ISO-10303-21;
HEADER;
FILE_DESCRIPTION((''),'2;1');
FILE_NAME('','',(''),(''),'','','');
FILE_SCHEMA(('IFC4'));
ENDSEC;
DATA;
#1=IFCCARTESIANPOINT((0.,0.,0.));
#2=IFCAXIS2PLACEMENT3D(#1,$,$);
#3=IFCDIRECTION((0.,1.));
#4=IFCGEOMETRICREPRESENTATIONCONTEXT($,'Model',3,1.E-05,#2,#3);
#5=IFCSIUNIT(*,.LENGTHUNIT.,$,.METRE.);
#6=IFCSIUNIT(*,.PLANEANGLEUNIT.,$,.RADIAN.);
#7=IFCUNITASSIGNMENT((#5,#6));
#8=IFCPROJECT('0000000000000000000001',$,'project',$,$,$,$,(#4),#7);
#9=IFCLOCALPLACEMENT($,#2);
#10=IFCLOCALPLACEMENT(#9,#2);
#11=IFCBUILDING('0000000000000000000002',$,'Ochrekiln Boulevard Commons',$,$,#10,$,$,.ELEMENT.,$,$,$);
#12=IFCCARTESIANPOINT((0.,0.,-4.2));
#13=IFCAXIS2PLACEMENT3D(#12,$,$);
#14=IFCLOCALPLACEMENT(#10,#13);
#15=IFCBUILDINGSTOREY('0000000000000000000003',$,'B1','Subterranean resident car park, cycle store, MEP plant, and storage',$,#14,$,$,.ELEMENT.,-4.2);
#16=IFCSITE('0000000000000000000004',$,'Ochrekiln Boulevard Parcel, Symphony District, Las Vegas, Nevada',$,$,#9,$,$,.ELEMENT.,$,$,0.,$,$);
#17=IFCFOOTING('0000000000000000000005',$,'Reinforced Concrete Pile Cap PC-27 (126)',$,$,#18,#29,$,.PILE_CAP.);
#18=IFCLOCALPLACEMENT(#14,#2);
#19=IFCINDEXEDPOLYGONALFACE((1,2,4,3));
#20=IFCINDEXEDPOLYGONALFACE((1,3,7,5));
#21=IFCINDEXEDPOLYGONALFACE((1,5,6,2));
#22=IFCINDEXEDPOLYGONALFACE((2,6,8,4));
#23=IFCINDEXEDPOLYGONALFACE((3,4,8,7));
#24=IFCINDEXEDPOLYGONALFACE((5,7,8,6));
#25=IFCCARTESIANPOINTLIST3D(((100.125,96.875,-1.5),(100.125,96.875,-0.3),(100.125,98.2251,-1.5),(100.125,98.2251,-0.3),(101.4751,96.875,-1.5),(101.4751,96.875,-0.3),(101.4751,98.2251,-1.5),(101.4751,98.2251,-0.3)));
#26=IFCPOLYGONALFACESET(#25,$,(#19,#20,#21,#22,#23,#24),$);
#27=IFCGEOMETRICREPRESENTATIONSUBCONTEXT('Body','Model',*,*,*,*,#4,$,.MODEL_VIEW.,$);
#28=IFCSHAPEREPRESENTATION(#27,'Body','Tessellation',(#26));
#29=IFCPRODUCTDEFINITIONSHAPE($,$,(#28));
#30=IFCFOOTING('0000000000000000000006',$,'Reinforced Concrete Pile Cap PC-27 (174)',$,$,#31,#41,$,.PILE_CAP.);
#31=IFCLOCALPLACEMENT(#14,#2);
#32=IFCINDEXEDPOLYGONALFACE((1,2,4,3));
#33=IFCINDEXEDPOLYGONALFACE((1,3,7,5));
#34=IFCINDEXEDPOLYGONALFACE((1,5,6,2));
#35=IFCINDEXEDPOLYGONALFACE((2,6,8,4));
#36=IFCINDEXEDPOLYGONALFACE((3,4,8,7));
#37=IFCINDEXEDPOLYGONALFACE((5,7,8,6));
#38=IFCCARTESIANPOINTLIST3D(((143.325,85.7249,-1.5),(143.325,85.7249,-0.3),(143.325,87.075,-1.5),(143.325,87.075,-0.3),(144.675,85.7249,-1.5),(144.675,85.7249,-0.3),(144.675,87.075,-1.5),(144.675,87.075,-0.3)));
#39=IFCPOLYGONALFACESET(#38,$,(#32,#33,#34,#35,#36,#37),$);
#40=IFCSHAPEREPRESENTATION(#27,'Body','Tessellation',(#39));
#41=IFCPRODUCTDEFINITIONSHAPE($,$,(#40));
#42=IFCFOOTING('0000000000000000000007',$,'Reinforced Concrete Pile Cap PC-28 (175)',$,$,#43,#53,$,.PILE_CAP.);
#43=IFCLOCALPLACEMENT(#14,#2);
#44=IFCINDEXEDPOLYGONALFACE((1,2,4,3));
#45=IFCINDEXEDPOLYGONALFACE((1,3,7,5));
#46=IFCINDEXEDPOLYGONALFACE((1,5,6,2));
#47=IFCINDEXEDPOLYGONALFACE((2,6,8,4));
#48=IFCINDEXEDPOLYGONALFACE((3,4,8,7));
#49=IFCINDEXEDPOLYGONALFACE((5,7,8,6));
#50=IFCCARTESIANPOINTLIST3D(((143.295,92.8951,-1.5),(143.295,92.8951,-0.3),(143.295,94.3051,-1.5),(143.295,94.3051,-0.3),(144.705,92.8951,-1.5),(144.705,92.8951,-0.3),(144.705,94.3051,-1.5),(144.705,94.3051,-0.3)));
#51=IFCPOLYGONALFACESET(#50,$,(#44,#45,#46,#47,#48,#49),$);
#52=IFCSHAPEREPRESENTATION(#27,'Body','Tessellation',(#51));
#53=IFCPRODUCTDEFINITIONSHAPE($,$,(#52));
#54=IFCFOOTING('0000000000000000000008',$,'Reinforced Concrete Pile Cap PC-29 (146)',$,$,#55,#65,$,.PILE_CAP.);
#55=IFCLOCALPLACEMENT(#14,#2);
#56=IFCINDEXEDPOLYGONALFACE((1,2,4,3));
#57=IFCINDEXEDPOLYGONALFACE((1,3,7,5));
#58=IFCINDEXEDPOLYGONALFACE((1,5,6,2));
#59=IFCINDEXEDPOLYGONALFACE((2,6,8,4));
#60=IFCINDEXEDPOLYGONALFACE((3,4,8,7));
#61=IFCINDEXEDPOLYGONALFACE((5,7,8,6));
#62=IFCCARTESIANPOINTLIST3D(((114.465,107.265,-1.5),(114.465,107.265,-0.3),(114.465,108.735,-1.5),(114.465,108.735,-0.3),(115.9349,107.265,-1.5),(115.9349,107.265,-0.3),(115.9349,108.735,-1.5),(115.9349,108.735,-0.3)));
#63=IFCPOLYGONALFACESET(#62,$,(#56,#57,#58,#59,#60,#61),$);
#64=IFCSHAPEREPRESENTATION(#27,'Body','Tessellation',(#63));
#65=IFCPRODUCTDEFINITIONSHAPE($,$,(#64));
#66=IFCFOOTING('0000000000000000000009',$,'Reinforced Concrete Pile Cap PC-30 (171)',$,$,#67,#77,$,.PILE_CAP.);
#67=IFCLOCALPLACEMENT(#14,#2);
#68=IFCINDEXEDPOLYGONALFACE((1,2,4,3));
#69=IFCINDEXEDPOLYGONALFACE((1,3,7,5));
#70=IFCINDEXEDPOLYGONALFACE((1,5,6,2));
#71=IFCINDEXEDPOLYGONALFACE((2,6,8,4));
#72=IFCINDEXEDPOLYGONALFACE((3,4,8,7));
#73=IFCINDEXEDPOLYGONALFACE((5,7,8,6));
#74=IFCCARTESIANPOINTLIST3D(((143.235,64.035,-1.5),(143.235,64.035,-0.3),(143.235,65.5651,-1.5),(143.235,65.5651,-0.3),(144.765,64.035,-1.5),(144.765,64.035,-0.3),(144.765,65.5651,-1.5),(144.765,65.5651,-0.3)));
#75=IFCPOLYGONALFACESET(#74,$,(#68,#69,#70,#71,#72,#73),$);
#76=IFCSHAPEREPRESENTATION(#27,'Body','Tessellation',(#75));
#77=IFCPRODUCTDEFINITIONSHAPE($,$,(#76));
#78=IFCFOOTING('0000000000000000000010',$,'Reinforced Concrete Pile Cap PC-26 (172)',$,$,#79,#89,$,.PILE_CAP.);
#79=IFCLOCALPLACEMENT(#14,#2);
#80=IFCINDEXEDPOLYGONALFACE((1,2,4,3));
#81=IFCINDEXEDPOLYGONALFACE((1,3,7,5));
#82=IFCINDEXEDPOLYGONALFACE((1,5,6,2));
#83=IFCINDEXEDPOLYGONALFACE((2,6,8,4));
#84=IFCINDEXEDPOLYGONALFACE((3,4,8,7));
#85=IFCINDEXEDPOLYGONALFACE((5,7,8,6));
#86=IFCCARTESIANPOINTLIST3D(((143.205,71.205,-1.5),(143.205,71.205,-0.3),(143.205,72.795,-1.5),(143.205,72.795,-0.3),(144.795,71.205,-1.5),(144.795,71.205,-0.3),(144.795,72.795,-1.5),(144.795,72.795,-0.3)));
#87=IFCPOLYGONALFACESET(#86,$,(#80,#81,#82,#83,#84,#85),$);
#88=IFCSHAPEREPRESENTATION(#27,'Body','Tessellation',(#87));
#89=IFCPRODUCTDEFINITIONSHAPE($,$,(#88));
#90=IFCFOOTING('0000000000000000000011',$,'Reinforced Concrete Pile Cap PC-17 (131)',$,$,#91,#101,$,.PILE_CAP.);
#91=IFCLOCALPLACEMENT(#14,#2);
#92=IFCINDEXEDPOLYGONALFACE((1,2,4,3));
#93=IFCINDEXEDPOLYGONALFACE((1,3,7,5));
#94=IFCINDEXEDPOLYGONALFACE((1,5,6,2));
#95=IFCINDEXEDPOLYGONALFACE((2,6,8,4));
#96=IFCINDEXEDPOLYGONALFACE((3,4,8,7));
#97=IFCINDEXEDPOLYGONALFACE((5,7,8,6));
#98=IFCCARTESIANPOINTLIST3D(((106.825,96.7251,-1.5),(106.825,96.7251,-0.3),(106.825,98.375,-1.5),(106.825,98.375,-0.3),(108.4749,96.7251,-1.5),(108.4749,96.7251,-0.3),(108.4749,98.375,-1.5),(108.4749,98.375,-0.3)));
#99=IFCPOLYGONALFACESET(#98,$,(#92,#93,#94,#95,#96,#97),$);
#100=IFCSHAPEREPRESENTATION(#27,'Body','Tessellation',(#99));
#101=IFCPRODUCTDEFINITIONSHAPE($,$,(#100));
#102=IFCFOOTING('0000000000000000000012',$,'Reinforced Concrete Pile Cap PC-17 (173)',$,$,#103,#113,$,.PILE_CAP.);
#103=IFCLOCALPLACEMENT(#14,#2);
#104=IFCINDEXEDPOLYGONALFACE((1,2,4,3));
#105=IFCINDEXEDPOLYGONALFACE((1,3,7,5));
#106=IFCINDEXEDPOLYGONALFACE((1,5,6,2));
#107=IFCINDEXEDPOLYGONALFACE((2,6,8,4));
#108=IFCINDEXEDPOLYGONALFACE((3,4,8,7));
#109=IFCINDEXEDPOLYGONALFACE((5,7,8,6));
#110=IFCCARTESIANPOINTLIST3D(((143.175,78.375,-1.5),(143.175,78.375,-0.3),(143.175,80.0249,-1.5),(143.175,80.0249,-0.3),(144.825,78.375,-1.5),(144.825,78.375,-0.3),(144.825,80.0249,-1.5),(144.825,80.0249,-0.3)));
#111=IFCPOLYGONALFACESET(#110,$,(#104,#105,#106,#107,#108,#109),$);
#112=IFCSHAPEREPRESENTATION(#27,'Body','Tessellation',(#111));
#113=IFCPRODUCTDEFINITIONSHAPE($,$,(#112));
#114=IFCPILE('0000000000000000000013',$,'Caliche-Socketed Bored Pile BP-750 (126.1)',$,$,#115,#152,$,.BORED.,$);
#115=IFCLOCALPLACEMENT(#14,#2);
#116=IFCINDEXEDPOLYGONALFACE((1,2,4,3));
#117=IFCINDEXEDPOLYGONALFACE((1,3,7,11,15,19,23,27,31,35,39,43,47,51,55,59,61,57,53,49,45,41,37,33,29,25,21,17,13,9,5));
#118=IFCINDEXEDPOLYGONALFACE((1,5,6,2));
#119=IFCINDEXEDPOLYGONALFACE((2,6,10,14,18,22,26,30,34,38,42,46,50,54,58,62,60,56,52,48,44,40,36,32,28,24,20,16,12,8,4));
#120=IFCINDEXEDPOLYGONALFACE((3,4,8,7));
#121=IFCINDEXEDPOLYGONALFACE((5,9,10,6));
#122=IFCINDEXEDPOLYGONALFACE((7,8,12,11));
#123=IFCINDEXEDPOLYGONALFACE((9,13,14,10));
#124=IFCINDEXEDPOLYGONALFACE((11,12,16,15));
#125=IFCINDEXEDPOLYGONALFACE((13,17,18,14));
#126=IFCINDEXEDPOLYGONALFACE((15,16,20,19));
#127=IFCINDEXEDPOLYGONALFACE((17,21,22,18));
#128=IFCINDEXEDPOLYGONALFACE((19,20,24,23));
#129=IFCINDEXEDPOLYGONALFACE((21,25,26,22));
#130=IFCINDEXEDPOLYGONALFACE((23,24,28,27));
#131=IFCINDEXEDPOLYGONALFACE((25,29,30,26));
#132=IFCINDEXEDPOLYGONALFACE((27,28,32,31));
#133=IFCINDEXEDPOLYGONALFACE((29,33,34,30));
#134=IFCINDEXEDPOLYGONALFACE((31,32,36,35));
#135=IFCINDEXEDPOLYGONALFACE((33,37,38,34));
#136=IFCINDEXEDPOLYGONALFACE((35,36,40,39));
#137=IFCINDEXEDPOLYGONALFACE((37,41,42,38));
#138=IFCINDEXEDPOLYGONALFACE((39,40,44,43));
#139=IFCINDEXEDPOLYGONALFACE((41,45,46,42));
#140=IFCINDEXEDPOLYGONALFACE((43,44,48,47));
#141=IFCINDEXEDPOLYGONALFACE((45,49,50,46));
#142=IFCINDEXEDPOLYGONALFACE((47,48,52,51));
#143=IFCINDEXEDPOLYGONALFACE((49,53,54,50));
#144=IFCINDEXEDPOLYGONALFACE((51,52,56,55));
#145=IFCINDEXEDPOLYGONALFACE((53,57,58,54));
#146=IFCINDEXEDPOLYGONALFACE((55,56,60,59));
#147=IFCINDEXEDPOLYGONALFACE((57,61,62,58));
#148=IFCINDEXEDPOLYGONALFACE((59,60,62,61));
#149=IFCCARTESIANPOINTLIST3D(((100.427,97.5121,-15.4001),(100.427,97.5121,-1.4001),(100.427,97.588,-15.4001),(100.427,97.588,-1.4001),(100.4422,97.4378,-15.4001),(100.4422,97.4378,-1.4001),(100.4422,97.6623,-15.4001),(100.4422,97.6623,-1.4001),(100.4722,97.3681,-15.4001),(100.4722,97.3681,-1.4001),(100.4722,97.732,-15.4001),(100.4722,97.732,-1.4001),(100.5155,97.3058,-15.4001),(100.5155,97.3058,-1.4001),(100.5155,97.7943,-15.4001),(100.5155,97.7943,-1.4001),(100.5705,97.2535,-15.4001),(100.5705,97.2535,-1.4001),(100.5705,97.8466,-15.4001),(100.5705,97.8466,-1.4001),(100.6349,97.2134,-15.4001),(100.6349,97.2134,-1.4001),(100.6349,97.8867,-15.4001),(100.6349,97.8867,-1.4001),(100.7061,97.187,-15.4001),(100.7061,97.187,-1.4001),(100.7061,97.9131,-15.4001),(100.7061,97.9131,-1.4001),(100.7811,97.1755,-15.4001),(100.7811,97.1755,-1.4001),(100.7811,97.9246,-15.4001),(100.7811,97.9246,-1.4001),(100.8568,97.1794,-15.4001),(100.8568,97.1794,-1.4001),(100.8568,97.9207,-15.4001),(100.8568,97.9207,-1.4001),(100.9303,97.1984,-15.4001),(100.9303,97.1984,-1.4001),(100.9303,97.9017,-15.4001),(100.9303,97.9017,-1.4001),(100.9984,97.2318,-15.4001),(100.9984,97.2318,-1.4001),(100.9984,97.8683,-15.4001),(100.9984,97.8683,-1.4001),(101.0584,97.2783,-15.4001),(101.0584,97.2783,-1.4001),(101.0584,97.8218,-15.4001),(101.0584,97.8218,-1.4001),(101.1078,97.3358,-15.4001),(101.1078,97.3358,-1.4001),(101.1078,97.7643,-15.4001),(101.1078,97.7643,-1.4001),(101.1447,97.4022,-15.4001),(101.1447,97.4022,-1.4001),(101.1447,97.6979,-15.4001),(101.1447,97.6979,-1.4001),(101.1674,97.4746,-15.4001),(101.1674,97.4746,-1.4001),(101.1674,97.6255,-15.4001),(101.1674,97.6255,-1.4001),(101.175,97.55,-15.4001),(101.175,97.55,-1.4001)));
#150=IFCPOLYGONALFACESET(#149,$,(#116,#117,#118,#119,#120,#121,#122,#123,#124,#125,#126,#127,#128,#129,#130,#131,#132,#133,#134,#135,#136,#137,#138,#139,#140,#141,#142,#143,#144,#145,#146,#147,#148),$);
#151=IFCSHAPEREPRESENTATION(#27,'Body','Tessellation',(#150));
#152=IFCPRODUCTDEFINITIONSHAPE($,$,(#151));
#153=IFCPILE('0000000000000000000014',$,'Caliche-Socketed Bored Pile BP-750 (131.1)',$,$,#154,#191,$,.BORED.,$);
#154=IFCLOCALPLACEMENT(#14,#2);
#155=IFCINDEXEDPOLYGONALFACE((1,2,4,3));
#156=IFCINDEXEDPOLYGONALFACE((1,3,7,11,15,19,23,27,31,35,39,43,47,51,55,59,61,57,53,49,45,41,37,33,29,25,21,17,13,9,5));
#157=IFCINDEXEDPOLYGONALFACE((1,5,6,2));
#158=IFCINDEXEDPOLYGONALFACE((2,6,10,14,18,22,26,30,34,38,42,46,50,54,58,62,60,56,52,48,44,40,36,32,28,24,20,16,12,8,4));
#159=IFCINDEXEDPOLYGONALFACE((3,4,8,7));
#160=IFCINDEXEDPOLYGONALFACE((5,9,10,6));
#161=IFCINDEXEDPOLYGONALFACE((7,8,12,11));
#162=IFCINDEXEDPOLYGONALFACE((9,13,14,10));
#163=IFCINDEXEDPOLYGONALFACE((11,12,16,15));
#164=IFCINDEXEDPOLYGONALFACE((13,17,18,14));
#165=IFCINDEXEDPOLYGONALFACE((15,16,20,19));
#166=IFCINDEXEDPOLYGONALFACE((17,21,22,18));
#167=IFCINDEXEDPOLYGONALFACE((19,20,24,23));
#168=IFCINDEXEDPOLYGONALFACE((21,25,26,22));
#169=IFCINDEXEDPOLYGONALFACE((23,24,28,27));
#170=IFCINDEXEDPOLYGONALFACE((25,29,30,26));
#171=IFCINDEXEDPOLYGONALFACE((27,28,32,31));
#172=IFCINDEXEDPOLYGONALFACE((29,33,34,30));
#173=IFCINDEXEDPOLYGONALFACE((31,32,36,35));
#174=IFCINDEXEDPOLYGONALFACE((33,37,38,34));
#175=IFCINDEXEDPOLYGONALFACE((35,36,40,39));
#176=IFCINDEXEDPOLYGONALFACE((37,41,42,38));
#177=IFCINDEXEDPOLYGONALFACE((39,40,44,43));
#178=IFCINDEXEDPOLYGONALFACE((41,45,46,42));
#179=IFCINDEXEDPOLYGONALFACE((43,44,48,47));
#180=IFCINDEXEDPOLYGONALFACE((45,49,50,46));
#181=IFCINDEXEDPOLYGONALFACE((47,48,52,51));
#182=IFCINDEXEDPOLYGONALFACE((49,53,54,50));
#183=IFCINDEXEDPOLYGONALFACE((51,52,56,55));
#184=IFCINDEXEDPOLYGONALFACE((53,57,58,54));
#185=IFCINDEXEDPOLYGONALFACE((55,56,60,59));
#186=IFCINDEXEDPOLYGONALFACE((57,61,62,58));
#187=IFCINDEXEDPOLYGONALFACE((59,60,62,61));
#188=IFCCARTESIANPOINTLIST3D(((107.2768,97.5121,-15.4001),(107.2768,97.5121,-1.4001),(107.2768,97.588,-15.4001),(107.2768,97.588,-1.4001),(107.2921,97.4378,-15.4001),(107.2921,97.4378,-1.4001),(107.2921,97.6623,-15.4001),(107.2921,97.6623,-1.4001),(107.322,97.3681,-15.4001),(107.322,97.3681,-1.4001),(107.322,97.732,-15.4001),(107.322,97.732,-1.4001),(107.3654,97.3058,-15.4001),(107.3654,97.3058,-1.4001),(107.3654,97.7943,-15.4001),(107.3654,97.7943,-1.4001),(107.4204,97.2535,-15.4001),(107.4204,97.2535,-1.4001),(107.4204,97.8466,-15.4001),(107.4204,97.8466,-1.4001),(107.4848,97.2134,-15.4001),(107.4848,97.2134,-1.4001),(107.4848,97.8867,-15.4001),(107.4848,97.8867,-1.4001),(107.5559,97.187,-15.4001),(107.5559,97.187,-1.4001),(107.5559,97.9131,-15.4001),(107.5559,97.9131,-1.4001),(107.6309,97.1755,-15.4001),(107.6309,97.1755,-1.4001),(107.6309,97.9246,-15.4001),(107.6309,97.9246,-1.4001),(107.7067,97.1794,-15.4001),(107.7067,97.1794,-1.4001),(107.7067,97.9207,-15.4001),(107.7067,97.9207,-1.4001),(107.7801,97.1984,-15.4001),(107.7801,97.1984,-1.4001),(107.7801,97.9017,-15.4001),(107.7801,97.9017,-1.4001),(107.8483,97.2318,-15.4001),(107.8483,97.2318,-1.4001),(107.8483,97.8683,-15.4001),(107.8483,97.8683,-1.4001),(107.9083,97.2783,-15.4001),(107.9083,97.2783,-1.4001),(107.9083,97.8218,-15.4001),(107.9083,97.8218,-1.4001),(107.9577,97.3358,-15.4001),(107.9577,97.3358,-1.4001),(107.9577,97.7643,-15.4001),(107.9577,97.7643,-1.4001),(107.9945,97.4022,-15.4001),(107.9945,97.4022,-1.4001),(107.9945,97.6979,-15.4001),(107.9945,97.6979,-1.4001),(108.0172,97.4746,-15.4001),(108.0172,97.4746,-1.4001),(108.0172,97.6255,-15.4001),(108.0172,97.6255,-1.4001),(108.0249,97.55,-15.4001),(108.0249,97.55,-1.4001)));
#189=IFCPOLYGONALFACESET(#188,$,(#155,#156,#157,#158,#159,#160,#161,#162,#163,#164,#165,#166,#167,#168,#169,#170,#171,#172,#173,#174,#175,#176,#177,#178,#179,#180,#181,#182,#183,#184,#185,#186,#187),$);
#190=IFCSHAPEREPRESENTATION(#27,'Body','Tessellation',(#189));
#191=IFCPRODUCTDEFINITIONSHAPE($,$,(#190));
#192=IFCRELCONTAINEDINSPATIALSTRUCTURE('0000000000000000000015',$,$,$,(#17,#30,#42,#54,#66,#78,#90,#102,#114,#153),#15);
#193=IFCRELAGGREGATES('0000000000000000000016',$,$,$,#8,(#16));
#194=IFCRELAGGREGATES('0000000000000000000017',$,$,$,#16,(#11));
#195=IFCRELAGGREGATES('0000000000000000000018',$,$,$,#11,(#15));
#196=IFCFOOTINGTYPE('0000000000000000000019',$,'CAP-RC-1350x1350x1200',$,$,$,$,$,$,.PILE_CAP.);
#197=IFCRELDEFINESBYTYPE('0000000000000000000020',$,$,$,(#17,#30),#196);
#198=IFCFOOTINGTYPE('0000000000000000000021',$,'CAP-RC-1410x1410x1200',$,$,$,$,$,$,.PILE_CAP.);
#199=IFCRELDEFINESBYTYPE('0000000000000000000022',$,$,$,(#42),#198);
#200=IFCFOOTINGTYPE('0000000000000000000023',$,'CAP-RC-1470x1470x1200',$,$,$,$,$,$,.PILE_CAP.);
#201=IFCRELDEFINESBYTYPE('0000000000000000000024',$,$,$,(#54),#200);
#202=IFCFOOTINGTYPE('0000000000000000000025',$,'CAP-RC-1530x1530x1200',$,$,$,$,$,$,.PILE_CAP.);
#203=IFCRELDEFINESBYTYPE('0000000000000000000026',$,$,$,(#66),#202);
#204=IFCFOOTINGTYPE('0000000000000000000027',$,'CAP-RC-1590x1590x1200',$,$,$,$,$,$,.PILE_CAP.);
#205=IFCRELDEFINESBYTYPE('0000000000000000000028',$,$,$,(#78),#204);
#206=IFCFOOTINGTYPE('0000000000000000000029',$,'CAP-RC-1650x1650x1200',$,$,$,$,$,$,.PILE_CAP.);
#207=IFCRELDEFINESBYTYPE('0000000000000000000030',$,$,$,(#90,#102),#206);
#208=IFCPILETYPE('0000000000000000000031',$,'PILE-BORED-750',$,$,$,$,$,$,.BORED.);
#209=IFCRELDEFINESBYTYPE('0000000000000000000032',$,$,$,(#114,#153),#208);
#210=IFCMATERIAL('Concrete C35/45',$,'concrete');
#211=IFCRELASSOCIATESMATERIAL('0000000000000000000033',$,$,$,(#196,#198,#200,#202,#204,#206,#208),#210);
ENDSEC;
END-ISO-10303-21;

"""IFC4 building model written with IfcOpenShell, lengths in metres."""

from ifc_helpers import new_model, si_unit, direction, frame, origin, origin_2d, place, context, subcontext, project, spatial, rectangle, circle, extrude, material, material_profile, profile_set, type_object, element, save


model = new_model("IFC4")

# Units and contexts
model_context = context("Model", 3, precision=1e-05, world=origin(), true_north=direction((0.0, 1.0)))
body_context = subcontext(model_context, "Body", "Model", "MODEL_VIEW")
ifc_project = project(units=[si_unit("LENGTHUNIT", "METRE"), si_unit("PLANEANGLEUNIT", "RADIAN")], contexts=[model_context])

# Site, building, storey
site_placement = place(None, origin())
site = spatial("IfcSite", under=ifc_project, at=site_placement, Name="Ochrekiln Boulevard Parcel, Symphony District, Las Vegas, Nevada", CompositionType="ELEMENT", RefElevation=0.0)
building_placement = place(site_placement, origin())
building = spatial("IfcBuilding", under=site, at=building_placement, Name="Ochrekiln Boulevard Commons", CompositionType="ELEMENT")
storey_placement = place(building_placement, frame((0.0, 0.0, -4.2)))
storey = spatial("IfcBuildingStorey", under=building, at=storey_placement, Name="B1", Description="Subterranean resident car park, cycle store, MEP plant, and storage", CompositionType="ELEMENT", Elevation=-4.2)

# Footings
ifc_material_1 = material(Name="Concrete C35/45", Category="concrete")
footing_type_1 = type_object("IfcFootingType", Name="CAP-RC-1350x1350x1200", PredefinedType="PILE_CAP", material=ifc_material_1)
for number, where, z_axis, x_axis, name in (
    (1, (100.8, 97.55, -1.5), (0.0, 0.0, 1.0), (1.0, 0.0, 0.0), "Reinforced Concrete Pile Cap PC-27 (126)"),
    (2, (144.0, 86.3999, -1.5), (0.0, 0.0, 1.0), (1.0, 0.0, 0.0), "Reinforced Concrete Pile Cap PC-27 (174)"),
):
    element("IfcFooting", number, at=place(storey_placement, frame(where, z_axis=z_axis, x_axis=x_axis)), inside=storey, type_object=footing_type_1, Name=name, PredefinedType="PILE_CAP", context=body_context, shape_type="SweptSolid", body=[
        extrude(rectangle(XDim=1.3501, YDim=1.3501, at=origin_2d()), origin(), (0.0, 0.0, 1.0), 1.2),
    ])
footing_type_2 = type_object("IfcFootingType", Name="CAP-RC-1410x1410x1200", PredefinedType="PILE_CAP", material=ifc_material_1)
footing_1_placement = place(storey_placement, frame((144.0, 93.6001, -1.5), z_axis=(0.0, 0.0, 1.0), x_axis=(1.0, 0.0, 0.0)))
element("IfcFooting", 3, at=footing_1_placement, inside=storey, type_object=footing_type_2, Name="Reinforced Concrete Pile Cap PC-28 (175)", PredefinedType="PILE_CAP", context=body_context, shape_type="SweptSolid", body=[
    extrude(rectangle(XDim=1.4099, YDim=1.4099, at=origin_2d()), origin(), (0.0, 0.0, 1.0), 1.2),
])
footing_type_3 = type_object("IfcFootingType", Name="CAP-RC-1470x1470x1200", PredefinedType="PILE_CAP", material=ifc_material_1)
footing_2_placement = place(storey_placement, frame((115.2, 108.0, -1.5), z_axis=(0.0, 0.0, 1.0), x_axis=(1.0, 0.0, 0.0)))
element("IfcFooting", 4, at=footing_2_placement, inside=storey, type_object=footing_type_3, Name="Reinforced Concrete Pile Cap PC-29 (146)", PredefinedType="PILE_CAP", context=body_context, shape_type="SweptSolid", body=[
    extrude(rectangle(XDim=1.47, YDim=1.47, at=origin_2d()), origin(), (0.0, 0.0, 1.0), 1.2),
])
footing_type_4 = type_object("IfcFootingType", Name="CAP-RC-1530x1530x1200", PredefinedType="PILE_CAP", material=ifc_material_1)
footing_3_placement = place(storey_placement, frame((144.0, 64.8, -1.5), z_axis=(0.0, 0.0, 1.0), x_axis=(1.0, 0.0, 0.0)))
element("IfcFooting", 5, at=footing_3_placement, inside=storey, type_object=footing_type_4, Name="Reinforced Concrete Pile Cap PC-30 (171)", PredefinedType="PILE_CAP", context=body_context, shape_type="SweptSolid", body=[
    extrude(rectangle(XDim=1.53, YDim=1.53, at=origin_2d()), origin(), (0.0, 0.0, 1.0), 1.2),
])
footing_type_5 = type_object("IfcFootingType", Name="CAP-RC-1590x1590x1200", PredefinedType="PILE_CAP", material=ifc_material_1)
footing_4_placement = place(storey_placement, frame((144.0, 72.0, -1.5), z_axis=(0.0, 0.0, 1.0), x_axis=(1.0, 0.0, 0.0)))
element("IfcFooting", 6, at=footing_4_placement, inside=storey, type_object=footing_type_5, Name="Reinforced Concrete Pile Cap PC-26 (172)", PredefinedType="PILE_CAP", context=body_context, shape_type="SweptSolid", body=[
    extrude(rectangle(XDim=1.5901, YDim=1.5901, at=origin_2d()), origin(), (0.0, 0.0, 1.0), 1.2),
])
footing_type_6 = type_object("IfcFootingType", Name="CAP-RC-1650x1650x1200", PredefinedType="PILE_CAP", material=ifc_material_1)
for number, where, z_axis, x_axis, name in (
    (7, (107.6499, 97.55, -1.5), (0.0, 0.0, 1.0), (1.0, 0.0, 0.0), "Reinforced Concrete Pile Cap PC-17 (131)"),
    (8, (144.0, 79.2, -1.5), (0.0, 0.0, 1.0), (1.0, 0.0, 0.0), "Reinforced Concrete Pile Cap PC-17 (173)"),
):
    element("IfcFooting", number, at=place(storey_placement, frame(where, z_axis=z_axis, x_axis=x_axis)), inside=storey, type_object=footing_type_6, Name=name, PredefinedType="PILE_CAP", context=body_context, shape_type="SweptSolid", body=[
        extrude(rectangle(XDim=1.6499, YDim=1.6499, at=origin_2d()), origin(), (0.0, 0.0, 1.0), 1.2),
    ])

# Piles
ifc_material_profile_1 = material_profile(ifc_material_1, circle(Radius=0.375, at=origin_2d()), Name="PILE-D750")
ifc_profile_set_1 = profile_set([ifc_material_profile_1], Name="Concrete C35/45")
pile_type = type_object("IfcPileType", Name="PILE-BORED-750", PredefinedType="BORED", material=ifc_profile_set_1)
for number, where, z_axis, x_axis, name in (
    (9, (100.8, 97.55, -1.4001), (0.0, 0.0, -1.0), (1.0, 0.0, 0.0), "Caliche-Socketed Bored Pile BP-750 (126.1)"),
    (10, (107.6499, 97.55, -1.4001), (0.0, 0.0, -1.0), (1.0, 0.0, 0.0), "Caliche-Socketed Bored Pile BP-750 (131.1)"),
):
    element("IfcPile", number, at=place(storey_placement, frame(where, z_axis=z_axis, x_axis=x_axis)), inside=storey, type_object=pile_type, Name=name, PredefinedType="BORED", context=body_context, shape_type="SweptSolid", body=[
        extrude(circle(Radius=0.375, at=origin_2d()), origin(), (0.0, 0.0, 1.0), 14.0),
    ])

save(model, "model.ifc")
